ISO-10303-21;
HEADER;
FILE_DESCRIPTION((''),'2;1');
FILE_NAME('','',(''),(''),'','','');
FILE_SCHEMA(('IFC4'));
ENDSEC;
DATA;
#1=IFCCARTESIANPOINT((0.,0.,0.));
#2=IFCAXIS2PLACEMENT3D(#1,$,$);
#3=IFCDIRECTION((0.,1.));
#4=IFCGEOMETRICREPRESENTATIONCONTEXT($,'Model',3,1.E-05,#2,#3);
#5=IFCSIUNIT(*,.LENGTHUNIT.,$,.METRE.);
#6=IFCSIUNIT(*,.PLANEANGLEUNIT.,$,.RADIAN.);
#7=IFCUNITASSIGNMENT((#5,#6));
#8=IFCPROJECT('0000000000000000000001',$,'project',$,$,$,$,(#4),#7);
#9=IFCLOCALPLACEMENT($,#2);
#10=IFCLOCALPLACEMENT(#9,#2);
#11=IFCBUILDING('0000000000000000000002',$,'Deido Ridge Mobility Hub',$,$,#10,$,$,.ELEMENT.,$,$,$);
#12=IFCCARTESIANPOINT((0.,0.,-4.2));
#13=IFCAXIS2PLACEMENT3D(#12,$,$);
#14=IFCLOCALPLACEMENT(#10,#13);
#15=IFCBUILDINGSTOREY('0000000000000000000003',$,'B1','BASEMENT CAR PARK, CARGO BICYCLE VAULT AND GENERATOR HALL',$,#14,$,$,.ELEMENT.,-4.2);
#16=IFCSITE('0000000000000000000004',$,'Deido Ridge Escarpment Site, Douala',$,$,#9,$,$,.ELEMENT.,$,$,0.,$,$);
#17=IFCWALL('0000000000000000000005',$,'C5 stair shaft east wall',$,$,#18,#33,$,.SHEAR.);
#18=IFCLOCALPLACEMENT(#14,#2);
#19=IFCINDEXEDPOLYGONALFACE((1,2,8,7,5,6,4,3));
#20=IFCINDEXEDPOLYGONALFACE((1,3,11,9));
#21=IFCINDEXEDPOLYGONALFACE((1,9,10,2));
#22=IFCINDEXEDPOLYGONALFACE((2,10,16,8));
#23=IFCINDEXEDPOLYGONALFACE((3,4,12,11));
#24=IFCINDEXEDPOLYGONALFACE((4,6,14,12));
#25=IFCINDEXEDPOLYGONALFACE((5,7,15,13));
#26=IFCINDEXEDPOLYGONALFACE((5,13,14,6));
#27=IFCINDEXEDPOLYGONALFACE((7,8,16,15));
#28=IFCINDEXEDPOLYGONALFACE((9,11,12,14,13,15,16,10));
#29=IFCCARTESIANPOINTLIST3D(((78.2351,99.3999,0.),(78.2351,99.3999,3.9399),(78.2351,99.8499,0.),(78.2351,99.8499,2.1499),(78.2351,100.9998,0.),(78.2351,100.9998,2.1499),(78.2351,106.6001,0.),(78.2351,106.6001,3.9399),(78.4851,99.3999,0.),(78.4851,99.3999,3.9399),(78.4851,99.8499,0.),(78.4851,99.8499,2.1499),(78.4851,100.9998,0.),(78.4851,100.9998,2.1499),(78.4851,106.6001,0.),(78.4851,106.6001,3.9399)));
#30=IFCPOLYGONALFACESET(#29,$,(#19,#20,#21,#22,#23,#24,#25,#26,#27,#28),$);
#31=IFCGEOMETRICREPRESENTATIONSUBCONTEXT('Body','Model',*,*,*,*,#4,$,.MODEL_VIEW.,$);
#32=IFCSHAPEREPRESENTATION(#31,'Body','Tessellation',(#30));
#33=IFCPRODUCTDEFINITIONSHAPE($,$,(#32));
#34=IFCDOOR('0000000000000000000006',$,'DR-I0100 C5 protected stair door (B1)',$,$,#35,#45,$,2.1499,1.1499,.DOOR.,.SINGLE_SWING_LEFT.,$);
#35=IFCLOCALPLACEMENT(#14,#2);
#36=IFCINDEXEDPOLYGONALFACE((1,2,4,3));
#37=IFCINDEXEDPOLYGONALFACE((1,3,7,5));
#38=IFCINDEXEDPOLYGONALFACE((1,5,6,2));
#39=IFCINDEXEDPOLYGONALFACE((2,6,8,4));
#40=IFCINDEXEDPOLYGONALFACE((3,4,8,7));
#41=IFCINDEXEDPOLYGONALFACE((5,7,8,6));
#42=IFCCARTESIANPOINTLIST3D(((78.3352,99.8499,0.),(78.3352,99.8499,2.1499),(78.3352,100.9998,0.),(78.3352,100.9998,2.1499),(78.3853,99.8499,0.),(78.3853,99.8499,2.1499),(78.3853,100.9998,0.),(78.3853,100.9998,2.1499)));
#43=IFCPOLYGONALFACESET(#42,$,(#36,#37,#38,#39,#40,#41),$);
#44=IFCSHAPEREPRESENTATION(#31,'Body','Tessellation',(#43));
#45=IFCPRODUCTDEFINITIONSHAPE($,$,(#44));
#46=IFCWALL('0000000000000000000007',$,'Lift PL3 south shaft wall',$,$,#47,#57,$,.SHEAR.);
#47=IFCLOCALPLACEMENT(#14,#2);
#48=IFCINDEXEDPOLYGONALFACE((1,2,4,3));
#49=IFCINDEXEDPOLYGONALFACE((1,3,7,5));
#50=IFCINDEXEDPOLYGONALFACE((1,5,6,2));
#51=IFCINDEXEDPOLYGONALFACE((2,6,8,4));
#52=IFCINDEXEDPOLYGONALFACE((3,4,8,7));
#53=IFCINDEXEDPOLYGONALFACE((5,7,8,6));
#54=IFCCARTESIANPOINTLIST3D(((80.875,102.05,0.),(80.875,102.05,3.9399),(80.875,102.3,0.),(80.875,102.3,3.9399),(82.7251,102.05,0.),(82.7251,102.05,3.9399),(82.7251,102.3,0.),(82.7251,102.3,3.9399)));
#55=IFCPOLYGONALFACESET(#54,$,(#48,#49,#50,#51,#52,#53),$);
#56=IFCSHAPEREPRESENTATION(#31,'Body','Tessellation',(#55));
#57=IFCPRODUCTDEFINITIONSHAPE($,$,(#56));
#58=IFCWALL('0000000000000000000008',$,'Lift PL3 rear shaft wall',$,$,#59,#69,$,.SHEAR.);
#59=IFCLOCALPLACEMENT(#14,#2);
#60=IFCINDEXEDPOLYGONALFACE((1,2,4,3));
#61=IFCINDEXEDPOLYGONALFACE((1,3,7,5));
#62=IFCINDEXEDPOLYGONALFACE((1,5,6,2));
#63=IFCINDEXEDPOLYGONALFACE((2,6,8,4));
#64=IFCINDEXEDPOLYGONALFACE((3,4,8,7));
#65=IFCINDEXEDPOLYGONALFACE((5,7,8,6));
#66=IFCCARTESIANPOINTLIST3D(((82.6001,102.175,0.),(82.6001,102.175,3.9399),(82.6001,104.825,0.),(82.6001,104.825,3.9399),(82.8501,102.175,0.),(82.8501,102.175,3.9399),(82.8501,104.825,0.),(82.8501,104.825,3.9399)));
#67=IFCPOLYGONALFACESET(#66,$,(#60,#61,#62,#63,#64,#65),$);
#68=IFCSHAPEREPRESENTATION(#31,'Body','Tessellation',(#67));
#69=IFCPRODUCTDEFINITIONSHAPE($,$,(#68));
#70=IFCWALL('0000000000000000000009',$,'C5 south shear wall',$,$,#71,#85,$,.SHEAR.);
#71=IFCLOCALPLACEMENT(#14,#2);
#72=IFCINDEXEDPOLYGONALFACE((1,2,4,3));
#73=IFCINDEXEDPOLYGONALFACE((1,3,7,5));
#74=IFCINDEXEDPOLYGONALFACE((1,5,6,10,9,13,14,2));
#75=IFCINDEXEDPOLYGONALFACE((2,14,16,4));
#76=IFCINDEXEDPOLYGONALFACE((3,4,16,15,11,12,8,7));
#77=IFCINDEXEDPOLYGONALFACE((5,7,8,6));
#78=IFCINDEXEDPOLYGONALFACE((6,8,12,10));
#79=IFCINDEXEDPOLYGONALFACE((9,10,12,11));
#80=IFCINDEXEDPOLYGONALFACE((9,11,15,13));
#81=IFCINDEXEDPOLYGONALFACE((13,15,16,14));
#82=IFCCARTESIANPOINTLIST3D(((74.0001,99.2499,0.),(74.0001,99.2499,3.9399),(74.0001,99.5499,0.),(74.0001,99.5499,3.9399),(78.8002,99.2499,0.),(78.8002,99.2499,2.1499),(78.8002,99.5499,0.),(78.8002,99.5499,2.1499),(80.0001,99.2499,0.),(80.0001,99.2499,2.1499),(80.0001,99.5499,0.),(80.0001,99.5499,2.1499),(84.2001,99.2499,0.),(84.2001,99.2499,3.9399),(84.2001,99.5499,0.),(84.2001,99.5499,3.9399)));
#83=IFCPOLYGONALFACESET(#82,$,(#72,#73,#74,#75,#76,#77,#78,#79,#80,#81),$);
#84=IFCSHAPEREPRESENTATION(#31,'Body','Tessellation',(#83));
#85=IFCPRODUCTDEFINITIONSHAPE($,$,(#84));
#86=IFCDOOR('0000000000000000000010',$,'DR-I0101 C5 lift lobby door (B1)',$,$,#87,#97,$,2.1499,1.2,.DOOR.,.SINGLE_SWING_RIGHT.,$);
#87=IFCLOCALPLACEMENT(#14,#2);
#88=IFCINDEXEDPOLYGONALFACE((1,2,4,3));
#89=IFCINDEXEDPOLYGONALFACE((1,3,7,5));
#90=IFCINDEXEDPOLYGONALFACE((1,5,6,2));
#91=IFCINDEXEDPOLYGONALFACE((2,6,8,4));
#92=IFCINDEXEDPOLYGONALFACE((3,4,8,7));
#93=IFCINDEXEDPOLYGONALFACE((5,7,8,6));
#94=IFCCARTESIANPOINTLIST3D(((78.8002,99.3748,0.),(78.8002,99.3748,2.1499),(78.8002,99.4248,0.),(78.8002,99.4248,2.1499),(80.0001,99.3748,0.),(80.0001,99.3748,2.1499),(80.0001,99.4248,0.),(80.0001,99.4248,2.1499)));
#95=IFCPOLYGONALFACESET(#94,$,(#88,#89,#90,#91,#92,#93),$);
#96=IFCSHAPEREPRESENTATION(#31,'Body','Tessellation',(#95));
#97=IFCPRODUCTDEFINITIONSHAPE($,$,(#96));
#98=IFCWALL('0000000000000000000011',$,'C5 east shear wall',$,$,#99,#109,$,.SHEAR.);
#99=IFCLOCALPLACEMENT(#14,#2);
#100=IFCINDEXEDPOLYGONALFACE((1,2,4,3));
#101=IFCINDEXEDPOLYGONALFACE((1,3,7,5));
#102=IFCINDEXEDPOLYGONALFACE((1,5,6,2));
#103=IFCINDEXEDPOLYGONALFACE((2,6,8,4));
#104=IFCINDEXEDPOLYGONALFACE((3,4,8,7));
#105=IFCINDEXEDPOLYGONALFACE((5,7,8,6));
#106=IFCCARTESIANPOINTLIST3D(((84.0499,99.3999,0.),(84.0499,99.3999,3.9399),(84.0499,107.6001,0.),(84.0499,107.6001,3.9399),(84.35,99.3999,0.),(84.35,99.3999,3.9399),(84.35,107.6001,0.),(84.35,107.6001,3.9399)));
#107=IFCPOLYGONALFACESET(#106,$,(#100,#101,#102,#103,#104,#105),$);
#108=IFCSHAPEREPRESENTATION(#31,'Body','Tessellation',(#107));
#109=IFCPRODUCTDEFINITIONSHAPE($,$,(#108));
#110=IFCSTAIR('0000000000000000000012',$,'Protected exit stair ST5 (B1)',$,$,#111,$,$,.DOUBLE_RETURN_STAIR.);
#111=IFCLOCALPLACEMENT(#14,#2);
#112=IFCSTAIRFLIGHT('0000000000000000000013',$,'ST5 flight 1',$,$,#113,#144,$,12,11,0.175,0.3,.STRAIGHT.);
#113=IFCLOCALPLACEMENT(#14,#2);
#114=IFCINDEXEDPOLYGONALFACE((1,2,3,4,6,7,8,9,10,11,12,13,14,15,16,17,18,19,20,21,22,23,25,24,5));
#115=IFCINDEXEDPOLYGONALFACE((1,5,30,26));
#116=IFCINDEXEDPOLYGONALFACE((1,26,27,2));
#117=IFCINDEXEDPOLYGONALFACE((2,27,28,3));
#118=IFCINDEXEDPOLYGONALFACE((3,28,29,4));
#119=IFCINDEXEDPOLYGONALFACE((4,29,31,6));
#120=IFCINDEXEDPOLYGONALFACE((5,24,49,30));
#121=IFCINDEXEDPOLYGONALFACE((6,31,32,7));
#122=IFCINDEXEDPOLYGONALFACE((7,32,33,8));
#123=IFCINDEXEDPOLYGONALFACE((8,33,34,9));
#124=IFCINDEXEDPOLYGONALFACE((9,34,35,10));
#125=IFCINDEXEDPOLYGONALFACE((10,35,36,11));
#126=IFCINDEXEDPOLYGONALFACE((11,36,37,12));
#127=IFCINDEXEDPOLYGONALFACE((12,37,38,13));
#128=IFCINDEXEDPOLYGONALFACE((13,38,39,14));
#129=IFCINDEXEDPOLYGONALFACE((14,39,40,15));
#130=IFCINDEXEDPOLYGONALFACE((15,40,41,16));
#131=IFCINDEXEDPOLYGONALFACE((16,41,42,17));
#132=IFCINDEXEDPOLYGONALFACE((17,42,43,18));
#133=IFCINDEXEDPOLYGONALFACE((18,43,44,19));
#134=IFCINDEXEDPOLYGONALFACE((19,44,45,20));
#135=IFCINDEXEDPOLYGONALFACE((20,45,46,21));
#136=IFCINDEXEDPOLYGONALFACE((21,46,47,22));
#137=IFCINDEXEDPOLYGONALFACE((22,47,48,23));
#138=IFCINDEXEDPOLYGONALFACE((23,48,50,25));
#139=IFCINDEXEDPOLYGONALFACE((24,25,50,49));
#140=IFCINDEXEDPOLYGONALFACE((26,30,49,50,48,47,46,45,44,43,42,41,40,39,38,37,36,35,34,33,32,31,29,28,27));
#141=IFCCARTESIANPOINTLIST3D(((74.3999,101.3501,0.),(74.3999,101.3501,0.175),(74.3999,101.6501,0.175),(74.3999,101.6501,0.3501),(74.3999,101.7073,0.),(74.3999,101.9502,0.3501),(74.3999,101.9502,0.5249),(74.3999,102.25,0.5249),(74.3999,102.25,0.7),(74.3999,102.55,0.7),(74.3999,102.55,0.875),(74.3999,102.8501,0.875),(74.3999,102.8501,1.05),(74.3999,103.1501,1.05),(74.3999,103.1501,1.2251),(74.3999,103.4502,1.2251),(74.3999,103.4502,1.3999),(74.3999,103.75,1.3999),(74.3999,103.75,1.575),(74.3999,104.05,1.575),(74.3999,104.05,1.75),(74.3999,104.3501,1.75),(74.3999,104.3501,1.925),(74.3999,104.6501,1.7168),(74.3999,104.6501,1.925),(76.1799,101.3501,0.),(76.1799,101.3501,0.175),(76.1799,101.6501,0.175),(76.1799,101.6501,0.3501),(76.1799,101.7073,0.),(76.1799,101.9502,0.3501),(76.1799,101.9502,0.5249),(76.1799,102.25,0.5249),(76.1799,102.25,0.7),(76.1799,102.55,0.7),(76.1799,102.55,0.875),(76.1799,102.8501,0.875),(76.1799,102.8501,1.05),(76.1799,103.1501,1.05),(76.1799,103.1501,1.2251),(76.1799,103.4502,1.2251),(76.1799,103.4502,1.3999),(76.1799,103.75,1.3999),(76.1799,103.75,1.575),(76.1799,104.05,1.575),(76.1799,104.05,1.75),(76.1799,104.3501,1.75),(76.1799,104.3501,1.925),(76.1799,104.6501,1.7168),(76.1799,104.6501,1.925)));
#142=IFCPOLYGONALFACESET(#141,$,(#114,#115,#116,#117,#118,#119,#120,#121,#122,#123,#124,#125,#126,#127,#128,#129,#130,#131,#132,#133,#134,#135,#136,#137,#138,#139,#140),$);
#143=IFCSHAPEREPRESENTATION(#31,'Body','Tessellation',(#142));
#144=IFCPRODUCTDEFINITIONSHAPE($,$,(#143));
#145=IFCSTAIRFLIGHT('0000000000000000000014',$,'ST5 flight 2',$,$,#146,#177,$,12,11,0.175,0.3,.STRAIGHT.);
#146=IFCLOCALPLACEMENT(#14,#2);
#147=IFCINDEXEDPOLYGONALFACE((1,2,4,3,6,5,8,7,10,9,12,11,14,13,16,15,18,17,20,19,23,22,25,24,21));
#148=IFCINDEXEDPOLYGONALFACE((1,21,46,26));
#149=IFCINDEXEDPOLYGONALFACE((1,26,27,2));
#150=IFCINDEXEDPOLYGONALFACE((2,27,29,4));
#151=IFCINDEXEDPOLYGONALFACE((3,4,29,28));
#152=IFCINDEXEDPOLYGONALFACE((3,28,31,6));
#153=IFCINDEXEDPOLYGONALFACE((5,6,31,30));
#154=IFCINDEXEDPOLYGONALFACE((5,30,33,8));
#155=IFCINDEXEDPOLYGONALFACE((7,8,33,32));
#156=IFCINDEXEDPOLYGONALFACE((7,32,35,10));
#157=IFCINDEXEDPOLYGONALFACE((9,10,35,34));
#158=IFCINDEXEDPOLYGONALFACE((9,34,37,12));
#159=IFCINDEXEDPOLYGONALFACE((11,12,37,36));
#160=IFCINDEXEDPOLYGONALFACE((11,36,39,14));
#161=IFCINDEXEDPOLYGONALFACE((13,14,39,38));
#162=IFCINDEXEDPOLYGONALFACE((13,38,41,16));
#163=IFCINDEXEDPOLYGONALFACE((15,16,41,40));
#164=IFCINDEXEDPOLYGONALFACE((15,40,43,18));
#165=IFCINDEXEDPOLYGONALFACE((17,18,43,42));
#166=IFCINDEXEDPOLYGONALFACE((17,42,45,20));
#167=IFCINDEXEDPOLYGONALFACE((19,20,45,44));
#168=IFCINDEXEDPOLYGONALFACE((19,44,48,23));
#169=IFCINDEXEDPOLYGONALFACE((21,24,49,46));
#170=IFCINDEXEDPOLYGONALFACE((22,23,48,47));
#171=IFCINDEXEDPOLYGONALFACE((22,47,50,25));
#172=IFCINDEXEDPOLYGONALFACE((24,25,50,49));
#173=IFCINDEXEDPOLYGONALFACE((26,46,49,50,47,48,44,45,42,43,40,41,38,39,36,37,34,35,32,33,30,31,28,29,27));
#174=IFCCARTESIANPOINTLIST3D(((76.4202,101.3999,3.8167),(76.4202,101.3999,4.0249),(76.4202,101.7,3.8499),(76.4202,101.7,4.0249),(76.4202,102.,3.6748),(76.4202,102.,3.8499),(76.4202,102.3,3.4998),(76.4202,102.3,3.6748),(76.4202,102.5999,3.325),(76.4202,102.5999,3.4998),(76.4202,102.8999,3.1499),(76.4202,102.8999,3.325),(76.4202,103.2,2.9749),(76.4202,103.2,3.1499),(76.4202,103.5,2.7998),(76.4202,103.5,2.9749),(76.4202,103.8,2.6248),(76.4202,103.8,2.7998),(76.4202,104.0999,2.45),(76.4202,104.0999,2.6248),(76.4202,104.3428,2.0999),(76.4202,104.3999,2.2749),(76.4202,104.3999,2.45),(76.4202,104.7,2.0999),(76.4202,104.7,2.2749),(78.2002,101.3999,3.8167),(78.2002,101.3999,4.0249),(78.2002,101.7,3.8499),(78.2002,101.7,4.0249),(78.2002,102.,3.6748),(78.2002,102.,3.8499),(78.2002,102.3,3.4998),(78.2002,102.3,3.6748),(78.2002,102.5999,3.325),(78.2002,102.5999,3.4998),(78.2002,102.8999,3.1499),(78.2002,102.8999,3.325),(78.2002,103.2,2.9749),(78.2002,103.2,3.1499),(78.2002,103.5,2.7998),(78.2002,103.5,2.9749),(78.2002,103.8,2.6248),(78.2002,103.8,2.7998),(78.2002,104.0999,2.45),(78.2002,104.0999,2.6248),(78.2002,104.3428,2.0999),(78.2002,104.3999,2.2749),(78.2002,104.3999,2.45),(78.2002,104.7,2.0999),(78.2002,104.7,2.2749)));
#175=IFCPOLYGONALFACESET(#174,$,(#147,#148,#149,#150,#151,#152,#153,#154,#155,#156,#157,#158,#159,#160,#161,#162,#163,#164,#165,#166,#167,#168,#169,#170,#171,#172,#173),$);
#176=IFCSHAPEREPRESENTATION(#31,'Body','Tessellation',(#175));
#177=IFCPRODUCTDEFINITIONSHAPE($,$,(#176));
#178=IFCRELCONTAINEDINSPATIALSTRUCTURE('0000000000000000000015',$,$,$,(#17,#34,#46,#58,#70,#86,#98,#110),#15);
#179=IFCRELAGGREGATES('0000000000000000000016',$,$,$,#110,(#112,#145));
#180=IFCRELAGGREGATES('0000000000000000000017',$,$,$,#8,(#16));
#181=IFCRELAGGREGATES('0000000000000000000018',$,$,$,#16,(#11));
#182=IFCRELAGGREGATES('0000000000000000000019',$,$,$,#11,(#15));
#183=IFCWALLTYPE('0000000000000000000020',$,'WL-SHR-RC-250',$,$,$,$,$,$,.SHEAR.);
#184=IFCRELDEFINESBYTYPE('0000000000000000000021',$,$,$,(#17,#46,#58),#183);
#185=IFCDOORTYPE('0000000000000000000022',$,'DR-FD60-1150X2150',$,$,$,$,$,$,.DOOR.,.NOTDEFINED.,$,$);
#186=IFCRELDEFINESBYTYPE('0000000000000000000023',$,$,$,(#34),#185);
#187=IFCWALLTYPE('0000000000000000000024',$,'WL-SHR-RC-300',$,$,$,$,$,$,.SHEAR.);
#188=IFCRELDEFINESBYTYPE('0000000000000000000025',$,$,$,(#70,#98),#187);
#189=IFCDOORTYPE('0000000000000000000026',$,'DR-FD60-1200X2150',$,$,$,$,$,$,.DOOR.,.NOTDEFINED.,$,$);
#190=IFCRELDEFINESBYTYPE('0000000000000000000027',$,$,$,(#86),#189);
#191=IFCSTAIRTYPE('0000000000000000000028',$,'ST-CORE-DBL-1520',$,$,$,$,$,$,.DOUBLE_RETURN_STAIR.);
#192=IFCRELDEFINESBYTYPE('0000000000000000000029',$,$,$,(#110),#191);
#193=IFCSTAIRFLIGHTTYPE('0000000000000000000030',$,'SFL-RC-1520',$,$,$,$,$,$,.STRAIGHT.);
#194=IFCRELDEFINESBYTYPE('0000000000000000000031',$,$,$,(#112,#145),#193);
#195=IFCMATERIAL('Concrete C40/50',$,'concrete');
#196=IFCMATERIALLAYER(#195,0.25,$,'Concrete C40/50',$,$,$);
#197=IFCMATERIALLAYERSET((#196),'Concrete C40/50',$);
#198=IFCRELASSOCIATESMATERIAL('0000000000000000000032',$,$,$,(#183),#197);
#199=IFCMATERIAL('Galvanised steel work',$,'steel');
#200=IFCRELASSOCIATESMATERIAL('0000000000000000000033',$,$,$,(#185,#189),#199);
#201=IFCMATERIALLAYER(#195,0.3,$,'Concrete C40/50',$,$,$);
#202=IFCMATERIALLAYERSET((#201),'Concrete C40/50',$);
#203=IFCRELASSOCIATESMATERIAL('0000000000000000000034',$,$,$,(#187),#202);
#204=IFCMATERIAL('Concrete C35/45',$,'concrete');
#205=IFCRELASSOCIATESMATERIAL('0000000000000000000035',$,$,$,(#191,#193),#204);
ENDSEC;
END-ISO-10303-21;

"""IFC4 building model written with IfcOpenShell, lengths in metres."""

from ifc_helpers import new_model, si_unit, direction, frame, frame_2d, origin, place, context, subcontext, project, spatial, polyline, rectangle, outline, extrude, material, layer, layer_set, type_object, element, fill, aggregate, save


model = new_model("IFC4")

# Units and contexts
model_context = context("Model", 3, precision=1e-05, world=origin(), true_north=direction((0.0, 1.0)))
body_context = subcontext(model_context, "Body", "Model", "MODEL_VIEW")
ifc_project = project(units=[si_unit("LENGTHUNIT", "METRE"), si_unit("PLANEANGLEUNIT", "RADIAN")], contexts=[model_context])

# Site, building, storey
site_placement = place(None, origin())
site = spatial("IfcSite", under=ifc_project, at=site_placement, Name="Deido Ridge Escarpment Site, Douala", CompositionType="ELEMENT", RefElevation=0.0)
building_placement = place(site_placement, origin())
building = spatial("IfcBuilding", under=site, at=building_placement, Name="Deido Ridge Mobility Hub", CompositionType="ELEMENT")
storey_placement = place(building_placement, frame((0.0, 0.0, -4.2)))
storey = spatial("IfcBuildingStorey", under=building, at=storey_placement, Name="B1", Description="BASEMENT CAR PARK, CARGO BICYCLE VAULT AND GENERATOR HALL", CompositionType="ELEMENT", Elevation=-4.2)

# Shared definitions
ifc_material_1 = material(Name="Concrete C40/50", Category="concrete")

# Wall, opening, door
ifc_layer_1 = layer(ifc_material_1, 0.25, Name="Concrete C40/50")
ifc_layer_set_1 = layer_set([ifc_layer_1], Name="Concrete C40/50")
wall_type_1 = type_object("IfcWallType", Name="WL-SHR-RC-250", PredefinedType="SHEAR", material=ifc_layer_set_1)
wall_1_placement = place(storey_placement, frame((78.3601, 99.3999, 0.0), z_axis=(0.0, 0.0, 1.0), x_axis=(0.0, 1.0, 0.0)))
wall_1 = element("IfcWall", 1, at=wall_1_placement, inside=storey, type_object=wall_type_1, Name="C5 stair shaft east wall", PredefinedType="SHEAR", context=body_context, shape_type="SweptSolid", body=[
    extrude(rectangle(XDim=7.2002, YDim=0.25, at=frame_2d((3.6001, 0.0))), origin(), (0.0, 0.0, 1.0), 3.9399),
])
opening_1_placement = place(wall_1_placement, frame((0.45, 0.0, 0.0)))
opening_1 = element("IfcOpeningElement", 2, at=opening_1_placement, cuts=wall_1, PredefinedType="OPENING", context=body_context, shape_type="SweptSolid", body=[
    extrude(rectangle(XDim=1.1499, YDim=2.1499, at=frame_2d((0.575, 1.075))), frame((0.0, 0.135, 0.0), z_axis=(0.0, -1.0, 0.0), x_axis=(1.0, 0.0, 0.0)), (0.0, 0.0, 1.0), 0.27),
])
ifc_material_2 = material(Name="Galvanised steel work", Category="steel")
door_type_1 = type_object("IfcDoorType", Name="DR-FD60-1150X2150", OperationType="NOTDEFINED", PredefinedType="DOOR", material=ifc_material_2)
door_1_placement = place(opening_1_placement, origin())
door_1 = element("IfcDoor", 3, at=door_1_placement, inside=storey, type_object=door_type_1, Name="DR-I0100 C5 protected stair door (B1)", OperationType="SINGLE_SWING_LEFT", OverallHeight=2.1499, OverallWidth=1.1499, PredefinedType="DOOR", context=body_context, shape_type="SweptSolid", body=[
    extrude(rectangle(XDim=1.1499, YDim=2.1499, at=frame_2d((0.575, 1.075))), frame((0.0, 0.0249, 0.0), z_axis=(0.0, -1.0, 0.0), x_axis=(1.0, 0.0, 0.0)), (0.0, 0.0, 1.0), 0.05),
])
fill(opening_1, door_1)

# Walls
wall_2_placement = place(storey_placement, frame((80.875, 102.175, 0.0), z_axis=(0.0, 0.0, 1.0), x_axis=(1.0, 0.0, 0.0)))
element("IfcWall", 4, at=wall_2_placement, inside=storey, type_object=wall_type_1, Name="Lift PL3 south shaft wall", PredefinedType="SHEAR", context=body_context, shape_type="SweptSolid", body=[
    extrude(rectangle(XDim=1.8501, YDim=0.25, at=frame_2d((0.925, 0.0))), origin(), (0.0, 0.0, 1.0), 3.9399),
])
wall_3_placement = place(storey_placement, frame((82.7251, 102.175, 0.0), z_axis=(0.0, 0.0, 1.0), x_axis=(0.0, 1.0, 0.0)))
element("IfcWall", 5, at=wall_3_placement, inside=storey, type_object=wall_type_1, Name="Lift PL3 rear shaft wall", PredefinedType="SHEAR", context=body_context, shape_type="SweptSolid", body=[
    extrude(rectangle(XDim=2.6499, YDim=0.25, at=frame_2d((1.325, 0.0))), origin(), (0.0, 0.0, 1.0), 3.9399),
])

# Wall, opening, door
ifc_layer_2 = layer(ifc_material_1, 0.3, Name="Concrete C40/50")
ifc_layer_set_2 = layer_set([ifc_layer_2], Name="Concrete C40/50")
wall_type_2 = type_object("IfcWallType", Name="WL-SHR-RC-300", PredefinedType="SHEAR", material=ifc_layer_set_2)
wall_4_placement = place(storey_placement, frame((74.0, 99.3999, 0.0), z_axis=(0.0, 0.0, 1.0), x_axis=(1.0, 0.0, 0.0)))
wall_4 = element("IfcWall", 6, at=wall_4_placement, inside=storey, type_object=wall_type_2, Name="C5 south shear wall", PredefinedType="SHEAR", context=body_context, shape_type="SweptSolid", body=[
    extrude(rectangle(XDim=10.2, YDim=0.3, at=frame_2d((5.1001, 0.0))), origin(), (0.0, 0.0, 1.0), 3.9399),
])
opening_2_placement = place(wall_4_placement, frame((4.8, 0.0, 0.0)))
opening_2 = element("IfcOpeningElement", 7, at=opening_2_placement, cuts=wall_4, PredefinedType="OPENING", context=body_context, shape_type="SweptSolid", body=[
    extrude(rectangle(XDim=1.2, YDim=2.1499, at=frame_2d((0.6001, 1.075))), frame((0.0, 0.1602, 0.0), z_axis=(0.0, -1.0, 0.0), x_axis=(1.0, 0.0, 0.0)), (0.0, 0.0, 1.0), 0.3201),
])
door_type_2 = type_object("IfcDoorType", Name="DR-FD60-1200X2150", OperationType="NOTDEFINED", PredefinedType="DOOR", material=ifc_material_2)
door_2_placement = place(opening_2_placement, origin())
door_2 = element("IfcDoor", 8, at=door_2_placement, inside=storey, type_object=door_type_2, Name="DR-I0101 C5 lift lobby door (B1)", OperationType="SINGLE_SWING_RIGHT", OverallHeight=2.1499, OverallWidth=1.2, PredefinedType="DOOR", context=body_context, shape_type="SweptSolid", body=[
    extrude(rectangle(XDim=1.2, YDim=2.1499, at=frame_2d((0.6001, 1.075))), frame((0.0, 0.0249, 0.0), z_axis=(0.0, -1.0, 0.0), x_axis=(1.0, 0.0, 0.0)), (0.0, 0.0, 1.0), 0.05),
])
fill(opening_2, door_2)

# Wall
wall_5_placement = place(storey_placement, frame((84.2, 99.3999, 0.0), z_axis=(0.0, 0.0, 1.0), x_axis=(0.0, 1.0, 0.0)))
element("IfcWall", 9, at=wall_5_placement, inside=storey, type_object=wall_type_2, Name="C5 east shear wall", PredefinedType="SHEAR", context=body_context, shape_type="SweptSolid", body=[
    extrude(rectangle(XDim=8.2002, YDim=0.3, at=frame_2d((4.1001, 0.0))), origin(), (0.0, 0.0, 1.0), 3.9399),
])

# Stair, stair flights
ifc_material_3 = material(Name="Concrete C35/45", Category="concrete")
stair_type = type_object("IfcStairType", Name="ST-CORE-DBL-1520", PredefinedType="DOUBLE_RETURN_STAIR", material=ifc_material_3)
stair_placement = place(storey_placement, origin())
stair = element("IfcStair", 10, at=stair_placement, inside=storey, type_object=stair_type, Name="Protected exit stair ST5 (B1)", PredefinedType="DOUBLE_RETURN_STAIR")
stair_flight_type = type_object("IfcStairFlightType", Name="SFL-RC-1520", PredefinedType="STRAIGHT", material=ifc_material_3)
stair_flight_1_placement = place(storey_placement, frame((75.29, 101.3501, 0.0), z_axis=(0.0, 0.0, 1.0), x_axis=(0.0, 1.0, 0.0)))
stair_flight_1 = element("IfcStairFlight", 11, at=stair_flight_1_placement, type_object=stair_flight_type, Name="ST5 flight 1", NumberOfRisers=12, NumberOfTreads=11, PredefinedType="STRAIGHT", RiserHeight=0.175, TreadLength=0.3, context=body_context, shape_type="SweptSolid", body=[
    extrude(outline(polyline([(0.0, 0.0), (0.0, 0.175), (0.3, 0.175), (0.3, 0.3501), (0.6001, 0.3501), (0.6001, 0.5249), (0.8999, 0.5249), (0.8999, 0.7), (1.2, 0.7), (1.2, 0.875), (1.5, 0.875), (1.5, 1.05), (1.8, 1.05), (1.8, 1.2251), (2.1001, 1.2251), (2.1001, 1.3999), (2.3999, 1.3999), (2.3999, 1.575), (2.7, 1.575), (2.7, 1.75), (3.0, 1.75), (3.0, 1.925), (3.3, 1.925), (3.3, 2.1001), (3.3, 1.7168), (0.3572, 0.0), (0.0, 0.0)])), frame((0.0, 0.8901, 0.0), z_axis=(0.0, -1.0, 0.0), x_axis=(1.0, 0.0, 0.0)), (0.0, 0.0, 1.0), 1.78),
])
stair_flight_2_placement = place(storey_placement, frame((77.3101, 104.7, 2.0999), z_axis=(0.0, 0.0, 1.0), x_axis=(0.0, -1.0, 0.0)))
stair_flight_2 = element("IfcStairFlight", 12, at=stair_flight_2_placement, type_object=stair_flight_type, Name="ST5 flight 2", NumberOfRisers=12, NumberOfTreads=11, PredefinedType="STRAIGHT", RiserHeight=0.175, TreadLength=0.3, context=body_context, shape_type="SweptSolid", body=[
    extrude(outline(polyline([(0.0, 0.0), (0.0, 0.175), (0.3, 0.175), (0.3, 0.3501), (0.6001, 0.3501), (0.6001, 0.5249), (0.8999, 0.5249), (0.8999, 0.7), (1.2, 0.7), (1.2, 0.875), (1.5, 0.875), (1.5, 1.05), (1.8, 1.05), (1.8, 1.2251), (2.1001, 1.2251), (2.1001, 1.3999), (2.3999, 1.3999), (2.3999, 1.575), (2.7, 1.575), (2.7, 1.75), (3.0, 1.75), (3.0, 1.925), (3.3, 1.925), (3.3, 2.1001), (3.3, 1.7168), (0.3572, 0.0), (0.0, 0.0)])), frame((0.0, 0.8901, 0.0), z_axis=(0.0, -1.0, 0.0), x_axis=(1.0, 0.0, 0.0)), (0.0, 0.0, 1.0), 1.78),
])
aggregate(stair, [stair_flight_1, stair_flight_2])

save(model, "model.ifc")
